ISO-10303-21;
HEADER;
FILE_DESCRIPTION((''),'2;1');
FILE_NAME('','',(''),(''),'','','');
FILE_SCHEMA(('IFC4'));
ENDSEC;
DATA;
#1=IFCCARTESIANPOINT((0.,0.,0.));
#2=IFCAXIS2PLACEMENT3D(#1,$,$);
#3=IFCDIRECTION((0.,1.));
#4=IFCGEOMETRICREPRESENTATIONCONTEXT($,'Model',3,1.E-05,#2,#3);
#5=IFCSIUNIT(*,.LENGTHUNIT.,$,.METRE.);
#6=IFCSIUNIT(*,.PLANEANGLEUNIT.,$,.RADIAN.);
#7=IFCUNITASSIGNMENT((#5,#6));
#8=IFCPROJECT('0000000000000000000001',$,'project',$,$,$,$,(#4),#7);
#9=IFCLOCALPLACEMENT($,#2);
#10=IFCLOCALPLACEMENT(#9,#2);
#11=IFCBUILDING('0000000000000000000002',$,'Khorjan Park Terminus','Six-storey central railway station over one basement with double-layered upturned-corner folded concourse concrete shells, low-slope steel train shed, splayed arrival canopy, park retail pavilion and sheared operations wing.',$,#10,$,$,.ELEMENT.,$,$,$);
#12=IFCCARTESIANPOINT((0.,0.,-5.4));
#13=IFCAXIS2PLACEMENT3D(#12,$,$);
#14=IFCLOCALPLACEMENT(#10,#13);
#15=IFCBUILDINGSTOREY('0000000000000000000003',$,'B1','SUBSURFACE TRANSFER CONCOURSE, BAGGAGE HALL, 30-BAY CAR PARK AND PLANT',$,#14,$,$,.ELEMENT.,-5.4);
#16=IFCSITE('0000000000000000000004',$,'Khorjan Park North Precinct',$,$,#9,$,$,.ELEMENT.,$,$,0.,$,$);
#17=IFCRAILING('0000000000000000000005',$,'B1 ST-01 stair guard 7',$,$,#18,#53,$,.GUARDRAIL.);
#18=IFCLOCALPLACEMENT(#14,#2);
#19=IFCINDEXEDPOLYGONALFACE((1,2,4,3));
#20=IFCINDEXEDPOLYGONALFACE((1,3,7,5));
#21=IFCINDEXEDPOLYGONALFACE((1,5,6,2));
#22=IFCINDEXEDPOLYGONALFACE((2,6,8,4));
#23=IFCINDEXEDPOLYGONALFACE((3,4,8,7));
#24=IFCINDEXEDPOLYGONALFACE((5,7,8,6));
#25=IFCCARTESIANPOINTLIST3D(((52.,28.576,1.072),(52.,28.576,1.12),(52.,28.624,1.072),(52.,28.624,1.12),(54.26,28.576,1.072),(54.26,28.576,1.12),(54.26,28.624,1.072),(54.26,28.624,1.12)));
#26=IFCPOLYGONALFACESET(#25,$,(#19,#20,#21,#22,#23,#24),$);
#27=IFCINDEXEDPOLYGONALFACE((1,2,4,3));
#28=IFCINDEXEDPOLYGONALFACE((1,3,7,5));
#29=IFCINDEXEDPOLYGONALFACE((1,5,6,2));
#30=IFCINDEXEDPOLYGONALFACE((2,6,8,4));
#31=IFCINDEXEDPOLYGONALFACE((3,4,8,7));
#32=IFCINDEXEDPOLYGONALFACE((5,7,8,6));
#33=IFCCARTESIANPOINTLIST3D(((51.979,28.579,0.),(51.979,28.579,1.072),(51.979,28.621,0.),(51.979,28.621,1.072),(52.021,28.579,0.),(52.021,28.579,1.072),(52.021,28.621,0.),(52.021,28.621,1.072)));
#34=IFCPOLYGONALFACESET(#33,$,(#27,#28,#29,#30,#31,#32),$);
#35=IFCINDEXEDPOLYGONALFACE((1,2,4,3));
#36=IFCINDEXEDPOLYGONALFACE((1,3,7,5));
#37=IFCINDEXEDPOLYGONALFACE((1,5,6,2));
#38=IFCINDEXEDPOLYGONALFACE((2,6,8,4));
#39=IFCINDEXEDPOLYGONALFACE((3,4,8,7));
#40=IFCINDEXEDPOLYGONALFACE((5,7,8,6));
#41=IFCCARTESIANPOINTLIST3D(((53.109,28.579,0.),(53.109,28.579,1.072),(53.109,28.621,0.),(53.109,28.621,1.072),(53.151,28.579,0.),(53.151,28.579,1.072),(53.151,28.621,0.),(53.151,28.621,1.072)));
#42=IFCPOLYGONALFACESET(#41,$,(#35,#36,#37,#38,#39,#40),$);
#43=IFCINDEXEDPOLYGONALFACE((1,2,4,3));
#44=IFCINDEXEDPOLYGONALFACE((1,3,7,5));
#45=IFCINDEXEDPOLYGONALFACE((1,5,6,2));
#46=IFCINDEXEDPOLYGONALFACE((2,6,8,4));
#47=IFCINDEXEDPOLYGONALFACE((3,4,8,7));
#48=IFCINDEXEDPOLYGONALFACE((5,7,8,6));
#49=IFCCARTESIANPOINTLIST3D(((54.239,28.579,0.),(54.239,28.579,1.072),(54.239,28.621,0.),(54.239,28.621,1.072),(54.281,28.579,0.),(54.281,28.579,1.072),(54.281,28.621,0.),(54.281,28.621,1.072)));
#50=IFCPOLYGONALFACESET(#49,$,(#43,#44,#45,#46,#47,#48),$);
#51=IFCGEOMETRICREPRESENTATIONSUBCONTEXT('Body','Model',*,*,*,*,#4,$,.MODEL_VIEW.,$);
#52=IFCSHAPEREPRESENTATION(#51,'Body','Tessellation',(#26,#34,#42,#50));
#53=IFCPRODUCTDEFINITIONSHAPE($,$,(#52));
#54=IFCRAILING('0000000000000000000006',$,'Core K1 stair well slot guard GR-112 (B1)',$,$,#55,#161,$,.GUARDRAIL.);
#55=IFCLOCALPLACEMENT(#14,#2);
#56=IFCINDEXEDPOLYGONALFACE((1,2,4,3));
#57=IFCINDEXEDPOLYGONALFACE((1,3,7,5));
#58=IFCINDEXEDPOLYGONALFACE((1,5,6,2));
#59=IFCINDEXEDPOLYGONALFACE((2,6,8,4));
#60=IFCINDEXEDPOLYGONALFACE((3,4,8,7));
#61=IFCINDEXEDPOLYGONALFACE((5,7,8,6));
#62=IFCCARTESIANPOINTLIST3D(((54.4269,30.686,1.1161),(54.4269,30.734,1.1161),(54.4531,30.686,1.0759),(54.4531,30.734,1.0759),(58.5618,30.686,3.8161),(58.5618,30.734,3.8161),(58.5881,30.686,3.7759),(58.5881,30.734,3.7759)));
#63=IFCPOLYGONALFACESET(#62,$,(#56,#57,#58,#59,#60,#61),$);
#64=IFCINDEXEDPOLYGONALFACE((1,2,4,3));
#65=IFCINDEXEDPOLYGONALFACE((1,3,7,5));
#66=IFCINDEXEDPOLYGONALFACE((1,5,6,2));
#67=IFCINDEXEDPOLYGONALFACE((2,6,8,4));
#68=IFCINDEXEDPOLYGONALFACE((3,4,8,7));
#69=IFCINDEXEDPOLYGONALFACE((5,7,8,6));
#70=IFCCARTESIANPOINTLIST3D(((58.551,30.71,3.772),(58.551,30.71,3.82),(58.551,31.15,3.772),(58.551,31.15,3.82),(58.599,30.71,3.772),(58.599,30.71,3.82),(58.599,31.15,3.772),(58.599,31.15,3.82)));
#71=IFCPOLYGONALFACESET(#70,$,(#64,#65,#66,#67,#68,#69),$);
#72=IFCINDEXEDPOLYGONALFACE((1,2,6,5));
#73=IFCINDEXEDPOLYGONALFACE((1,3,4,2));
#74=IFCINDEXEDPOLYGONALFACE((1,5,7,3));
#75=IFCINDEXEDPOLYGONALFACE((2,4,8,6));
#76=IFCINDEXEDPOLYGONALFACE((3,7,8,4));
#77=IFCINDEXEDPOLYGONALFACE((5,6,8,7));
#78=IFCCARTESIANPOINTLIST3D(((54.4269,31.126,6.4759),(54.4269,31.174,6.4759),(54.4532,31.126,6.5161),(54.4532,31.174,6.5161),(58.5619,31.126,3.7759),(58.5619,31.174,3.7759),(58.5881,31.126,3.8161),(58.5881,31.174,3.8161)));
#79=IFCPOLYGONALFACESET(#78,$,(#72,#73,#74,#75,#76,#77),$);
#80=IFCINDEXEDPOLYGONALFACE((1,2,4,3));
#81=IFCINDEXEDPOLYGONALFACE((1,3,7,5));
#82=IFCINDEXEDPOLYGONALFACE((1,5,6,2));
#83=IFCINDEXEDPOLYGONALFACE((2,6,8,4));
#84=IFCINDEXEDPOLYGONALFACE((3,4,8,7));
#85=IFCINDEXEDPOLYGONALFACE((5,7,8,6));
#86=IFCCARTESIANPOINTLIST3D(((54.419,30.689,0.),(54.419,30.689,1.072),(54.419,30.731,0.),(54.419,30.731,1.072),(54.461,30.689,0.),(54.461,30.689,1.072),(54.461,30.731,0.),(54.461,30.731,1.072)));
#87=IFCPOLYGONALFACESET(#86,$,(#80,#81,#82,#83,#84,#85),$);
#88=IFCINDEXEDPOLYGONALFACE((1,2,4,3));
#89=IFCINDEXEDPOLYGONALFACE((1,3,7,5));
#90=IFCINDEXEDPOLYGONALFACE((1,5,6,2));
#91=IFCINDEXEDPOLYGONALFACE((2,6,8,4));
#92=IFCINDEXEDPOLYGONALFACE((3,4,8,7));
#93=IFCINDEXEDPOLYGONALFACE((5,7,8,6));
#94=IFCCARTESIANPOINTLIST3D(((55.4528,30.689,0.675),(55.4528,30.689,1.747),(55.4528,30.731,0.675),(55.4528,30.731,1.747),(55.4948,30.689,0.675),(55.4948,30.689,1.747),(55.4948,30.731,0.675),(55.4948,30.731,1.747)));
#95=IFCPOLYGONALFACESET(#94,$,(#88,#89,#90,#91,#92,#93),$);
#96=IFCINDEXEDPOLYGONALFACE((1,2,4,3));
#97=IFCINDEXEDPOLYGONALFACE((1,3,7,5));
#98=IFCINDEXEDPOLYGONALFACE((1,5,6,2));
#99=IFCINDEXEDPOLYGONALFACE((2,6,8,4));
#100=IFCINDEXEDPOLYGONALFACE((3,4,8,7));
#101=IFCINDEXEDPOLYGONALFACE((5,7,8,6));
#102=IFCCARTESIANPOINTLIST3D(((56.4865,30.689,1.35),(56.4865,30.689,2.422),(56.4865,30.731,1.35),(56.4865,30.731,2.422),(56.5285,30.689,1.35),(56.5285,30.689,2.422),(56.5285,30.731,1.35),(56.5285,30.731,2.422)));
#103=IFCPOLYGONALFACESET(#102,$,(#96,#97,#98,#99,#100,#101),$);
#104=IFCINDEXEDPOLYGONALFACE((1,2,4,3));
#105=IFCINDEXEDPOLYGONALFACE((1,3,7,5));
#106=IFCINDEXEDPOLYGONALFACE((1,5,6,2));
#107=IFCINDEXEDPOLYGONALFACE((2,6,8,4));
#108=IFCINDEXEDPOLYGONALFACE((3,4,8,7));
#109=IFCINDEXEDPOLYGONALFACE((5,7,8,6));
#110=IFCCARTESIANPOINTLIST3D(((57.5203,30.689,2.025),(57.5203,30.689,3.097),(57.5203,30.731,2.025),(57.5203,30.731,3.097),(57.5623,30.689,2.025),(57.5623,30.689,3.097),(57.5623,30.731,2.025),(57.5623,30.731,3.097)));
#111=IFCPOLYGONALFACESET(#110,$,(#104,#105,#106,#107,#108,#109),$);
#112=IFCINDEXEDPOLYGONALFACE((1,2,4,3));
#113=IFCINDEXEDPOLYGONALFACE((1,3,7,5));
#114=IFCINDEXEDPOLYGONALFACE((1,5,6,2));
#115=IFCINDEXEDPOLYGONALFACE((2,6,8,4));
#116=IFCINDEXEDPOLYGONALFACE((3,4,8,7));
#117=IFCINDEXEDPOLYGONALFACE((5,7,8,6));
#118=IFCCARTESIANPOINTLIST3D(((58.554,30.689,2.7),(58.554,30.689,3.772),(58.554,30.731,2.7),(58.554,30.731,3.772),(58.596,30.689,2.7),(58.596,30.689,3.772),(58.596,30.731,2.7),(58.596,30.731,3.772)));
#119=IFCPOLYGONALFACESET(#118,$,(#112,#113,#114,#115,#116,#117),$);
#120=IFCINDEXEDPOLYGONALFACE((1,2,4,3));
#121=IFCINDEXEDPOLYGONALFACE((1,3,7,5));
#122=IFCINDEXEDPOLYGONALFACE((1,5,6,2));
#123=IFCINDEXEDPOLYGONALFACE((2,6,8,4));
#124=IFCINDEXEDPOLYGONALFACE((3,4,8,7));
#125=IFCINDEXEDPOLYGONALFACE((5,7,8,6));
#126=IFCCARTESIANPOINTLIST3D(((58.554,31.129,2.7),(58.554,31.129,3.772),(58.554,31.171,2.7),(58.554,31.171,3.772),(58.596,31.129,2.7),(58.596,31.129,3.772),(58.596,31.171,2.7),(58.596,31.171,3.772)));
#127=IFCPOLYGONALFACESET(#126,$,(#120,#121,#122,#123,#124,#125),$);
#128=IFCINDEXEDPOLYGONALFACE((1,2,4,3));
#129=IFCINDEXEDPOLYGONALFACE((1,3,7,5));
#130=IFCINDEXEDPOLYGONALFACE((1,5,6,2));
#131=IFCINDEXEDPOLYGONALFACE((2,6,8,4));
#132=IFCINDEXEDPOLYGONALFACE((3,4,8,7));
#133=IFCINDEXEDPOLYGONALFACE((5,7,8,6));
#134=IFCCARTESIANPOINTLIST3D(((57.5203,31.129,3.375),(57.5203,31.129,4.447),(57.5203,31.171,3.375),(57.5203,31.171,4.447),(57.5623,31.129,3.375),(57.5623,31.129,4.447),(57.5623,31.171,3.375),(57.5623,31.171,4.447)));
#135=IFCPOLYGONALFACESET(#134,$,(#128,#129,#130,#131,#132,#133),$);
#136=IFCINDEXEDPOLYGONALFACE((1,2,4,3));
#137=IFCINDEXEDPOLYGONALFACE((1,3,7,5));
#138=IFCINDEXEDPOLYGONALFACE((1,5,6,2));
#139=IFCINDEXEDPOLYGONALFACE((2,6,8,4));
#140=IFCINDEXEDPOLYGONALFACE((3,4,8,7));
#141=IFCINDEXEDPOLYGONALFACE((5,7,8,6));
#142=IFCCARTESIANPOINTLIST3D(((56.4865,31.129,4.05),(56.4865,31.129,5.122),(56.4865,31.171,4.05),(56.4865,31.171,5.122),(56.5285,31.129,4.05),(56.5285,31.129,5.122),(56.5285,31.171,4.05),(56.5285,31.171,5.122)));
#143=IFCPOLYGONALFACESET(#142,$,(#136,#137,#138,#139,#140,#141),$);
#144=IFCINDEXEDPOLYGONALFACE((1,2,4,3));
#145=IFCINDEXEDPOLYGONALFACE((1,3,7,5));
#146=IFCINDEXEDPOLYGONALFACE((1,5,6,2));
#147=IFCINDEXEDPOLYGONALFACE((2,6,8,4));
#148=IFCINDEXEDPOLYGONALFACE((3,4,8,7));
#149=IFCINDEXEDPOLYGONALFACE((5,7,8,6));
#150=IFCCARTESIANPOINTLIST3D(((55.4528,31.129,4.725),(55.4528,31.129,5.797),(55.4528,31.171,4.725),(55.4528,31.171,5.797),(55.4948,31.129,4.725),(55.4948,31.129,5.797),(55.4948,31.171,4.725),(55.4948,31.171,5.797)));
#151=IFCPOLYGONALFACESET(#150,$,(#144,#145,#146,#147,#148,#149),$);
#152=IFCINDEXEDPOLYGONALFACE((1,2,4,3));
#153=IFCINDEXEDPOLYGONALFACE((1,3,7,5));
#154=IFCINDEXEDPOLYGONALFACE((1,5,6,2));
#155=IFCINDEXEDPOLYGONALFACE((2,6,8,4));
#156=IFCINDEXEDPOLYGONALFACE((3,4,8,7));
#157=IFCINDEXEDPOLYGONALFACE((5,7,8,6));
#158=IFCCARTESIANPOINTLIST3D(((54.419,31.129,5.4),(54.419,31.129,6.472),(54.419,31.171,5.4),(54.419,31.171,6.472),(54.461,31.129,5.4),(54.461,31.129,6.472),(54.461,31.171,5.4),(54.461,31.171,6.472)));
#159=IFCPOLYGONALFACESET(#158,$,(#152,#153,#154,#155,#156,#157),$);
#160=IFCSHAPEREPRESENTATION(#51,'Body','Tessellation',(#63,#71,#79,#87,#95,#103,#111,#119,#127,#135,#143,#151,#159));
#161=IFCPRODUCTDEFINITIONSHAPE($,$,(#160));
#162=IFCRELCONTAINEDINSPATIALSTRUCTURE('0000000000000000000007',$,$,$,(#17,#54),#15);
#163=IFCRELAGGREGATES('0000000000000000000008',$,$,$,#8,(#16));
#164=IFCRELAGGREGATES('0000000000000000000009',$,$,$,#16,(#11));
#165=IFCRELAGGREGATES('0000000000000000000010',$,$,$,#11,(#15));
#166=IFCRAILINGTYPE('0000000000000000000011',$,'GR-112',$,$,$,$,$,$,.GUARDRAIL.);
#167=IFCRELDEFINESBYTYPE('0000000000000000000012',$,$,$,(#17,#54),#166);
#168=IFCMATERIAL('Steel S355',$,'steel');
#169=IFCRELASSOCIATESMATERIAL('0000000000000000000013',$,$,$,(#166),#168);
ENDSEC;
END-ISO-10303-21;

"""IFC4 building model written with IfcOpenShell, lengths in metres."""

from ifc_helpers import new_model, si_unit, direction, frame, origin, origin_2d, place, context, subcontext, project, spatial, rectangle, extrude, material, type_object, element, save


model = new_model("IFC4")

# Units and contexts
model_context = context("Model", 3, precision=1e-05, world=origin(), true_north=direction((0.0, 1.0)))
body_context = subcontext(model_context, "Body", "Model", "MODEL_VIEW")
ifc_project = project(units=[si_unit("LENGTHUNIT", "METRE"), si_unit("PLANEANGLEUNIT", "RADIAN")], contexts=[model_context])

# Site, building, storey
site_placement = place(None, origin())
site = spatial("IfcSite", under=ifc_project, at=site_placement, Name="Khorjan Park North Precinct", CompositionType="ELEMENT", RefElevation=0.0)
building_placement = place(site_placement, origin())
building = spatial("IfcBuilding", under=site, at=building_placement, Name="Khorjan Park Terminus", Description="Six-storey central railway station over one basement with double-layered upturned-corner folded concourse concrete shells, low-slope steel train shed, splayed arrival canopy, park retail pavilion and sheared operations wing.", CompositionType="ELEMENT")
storey_placement = place(building_placement, frame((0.0, 0.0, -5.4)))
storey = spatial("IfcBuildingStorey", under=building, at=storey_placement, Name="B1", Description="SUBSURFACE TRANSFER CONCOURSE, BAGGAGE HALL, 30-BAY CAR PARK AND PLANT", CompositionType="ELEMENT", Elevation=-5.4)

# Railings
ifc_material_1 = material(Name="Steel S355", Category="steel")
railing_type_1 = type_object("IfcRailingType", Name="GR-112", PredefinedType="GUARDRAIL", material=ifc_material_1)
railing_1_placement = place(storey_placement, frame((52.0, 28.6, 0.0)))
element("IfcRailing", 1, at=railing_1_placement, inside=storey, type_object=railing_type_1, Name="B1 ST-01 stair guard 7", PredefinedType="GUARDRAIL", context=body_context, shape_type="SweptSolid", body=[
    extrude(rectangle(XDim=0.048, YDim=0.048, at=origin_2d()), frame((0.0, 0.0, 1.096), z_axis=(1.0, 0.0, 0.0), x_axis=(0.0, 1.0, 0.0)), (0.0, 0.0, 1.0), 2.26),
    extrude(rectangle(XDim=0.042, YDim=0.042, at=origin_2d()), origin(), (0.0, 0.0, 1.0), 1.072),
    extrude(rectangle(XDim=0.042, YDim=0.042, at=origin_2d()), frame((1.13, 0.0, 0.0)), (0.0, 0.0, 1.0), 1.072),
    extrude(rectangle(XDim=0.042, YDim=0.042, at=origin_2d()), frame((2.26, 0.0, 0.0)), (0.0, 0.0, 1.0), 1.072),
])
railing_2_placement = place(storey_placement, frame((54.44, 30.71, 0.0)))
element("IfcRailing", 2, at=railing_2_placement, inside=storey, type_object=railing_type_1, Name="Core K1 stair well slot guard GR-112 (B1)", PredefinedType="GUARDRAIL", context=body_context, shape_type="SweptSolid", body=[
    extrude(rectangle(XDim=0.048, YDim=0.048, at=origin_2d()), frame((0.0, 0.0, 1.096), z_axis=(0.837308, 0.0, 0.546731), x_axis=(0.0, 1.0, 0.0)), (0.0, 0.0, 1.0), 4.9384),
    extrude(rectangle(XDim=0.048, YDim=0.048, at=origin_2d()), frame((4.135, 0.0, 3.796), z_axis=(0.0, 1.0, 0.0), x_axis=(-1.0, 0.0, 0.0)), (0.0, 0.0, 1.0), 0.44),
    extrude(rectangle(XDim=0.048, YDim=0.048, at=origin_2d()), frame((4.135, 0.44, 3.796), z_axis=(-0.837308, 0.0, 0.546731), x_axis=(0.0, -1.0, 0.0)), (0.0, 0.0, 1.0), 4.9384),
    extrude(rectangle(XDim=0.042, YDim=0.042, at=origin_2d()), origin(), (0.0, 0.0, 1.0), 1.072),
    extrude(rectangle(XDim=0.042, YDim=0.042, at=origin_2d()), frame((1.0338, 0.0, 0.675)), (0.0, 0.0, 1.0), 1.072),
    extrude(rectangle(XDim=0.042, YDim=0.042, at=origin_2d()), frame((2.0675, 0.0, 1.35)), (0.0, 0.0, 1.0), 1.072),
    extrude(rectangle(XDim=0.042, YDim=0.042, at=origin_2d()), frame((3.1013, 0.0, 2.025)), (0.0, 0.0, 1.0), 1.072),
    extrude(rectangle(XDim=0.042, YDim=0.042, at=origin_2d()), frame((4.135, 0.0, 2.7)), (0.0, 0.0, 1.0), 1.072),
    extrude(rectangle(XDim=0.042, YDim=0.042, at=origin_2d()), frame((4.135, 0.44, 2.7)), (0.0, 0.0, 1.0), 1.072),
    extrude(rectangle(XDim=0.042, YDim=0.042, at=origin_2d()), frame((3.1013, 0.44, 3.375)), (0.0, 0.0, 1.0), 1.072),
    extrude(rectangle(XDim=0.042, YDim=0.042, at=origin_2d()), frame((2.0675, 0.44, 4.05)), (0.0, 0.0, 1.0), 1.072),
    extrude(rectangle(XDim=0.042, YDim=0.042, at=origin_2d()), frame((1.0338, 0.44, 4.725)), (0.0, 0.0, 1.0), 1.072),
    extrude(rectangle(XDim=0.042, YDim=0.042, at=origin_2d()), frame((0.0, 0.44, 5.4)), (0.0, 0.0, 1.0), 1.072),
])

save(model, "model.ifc")
